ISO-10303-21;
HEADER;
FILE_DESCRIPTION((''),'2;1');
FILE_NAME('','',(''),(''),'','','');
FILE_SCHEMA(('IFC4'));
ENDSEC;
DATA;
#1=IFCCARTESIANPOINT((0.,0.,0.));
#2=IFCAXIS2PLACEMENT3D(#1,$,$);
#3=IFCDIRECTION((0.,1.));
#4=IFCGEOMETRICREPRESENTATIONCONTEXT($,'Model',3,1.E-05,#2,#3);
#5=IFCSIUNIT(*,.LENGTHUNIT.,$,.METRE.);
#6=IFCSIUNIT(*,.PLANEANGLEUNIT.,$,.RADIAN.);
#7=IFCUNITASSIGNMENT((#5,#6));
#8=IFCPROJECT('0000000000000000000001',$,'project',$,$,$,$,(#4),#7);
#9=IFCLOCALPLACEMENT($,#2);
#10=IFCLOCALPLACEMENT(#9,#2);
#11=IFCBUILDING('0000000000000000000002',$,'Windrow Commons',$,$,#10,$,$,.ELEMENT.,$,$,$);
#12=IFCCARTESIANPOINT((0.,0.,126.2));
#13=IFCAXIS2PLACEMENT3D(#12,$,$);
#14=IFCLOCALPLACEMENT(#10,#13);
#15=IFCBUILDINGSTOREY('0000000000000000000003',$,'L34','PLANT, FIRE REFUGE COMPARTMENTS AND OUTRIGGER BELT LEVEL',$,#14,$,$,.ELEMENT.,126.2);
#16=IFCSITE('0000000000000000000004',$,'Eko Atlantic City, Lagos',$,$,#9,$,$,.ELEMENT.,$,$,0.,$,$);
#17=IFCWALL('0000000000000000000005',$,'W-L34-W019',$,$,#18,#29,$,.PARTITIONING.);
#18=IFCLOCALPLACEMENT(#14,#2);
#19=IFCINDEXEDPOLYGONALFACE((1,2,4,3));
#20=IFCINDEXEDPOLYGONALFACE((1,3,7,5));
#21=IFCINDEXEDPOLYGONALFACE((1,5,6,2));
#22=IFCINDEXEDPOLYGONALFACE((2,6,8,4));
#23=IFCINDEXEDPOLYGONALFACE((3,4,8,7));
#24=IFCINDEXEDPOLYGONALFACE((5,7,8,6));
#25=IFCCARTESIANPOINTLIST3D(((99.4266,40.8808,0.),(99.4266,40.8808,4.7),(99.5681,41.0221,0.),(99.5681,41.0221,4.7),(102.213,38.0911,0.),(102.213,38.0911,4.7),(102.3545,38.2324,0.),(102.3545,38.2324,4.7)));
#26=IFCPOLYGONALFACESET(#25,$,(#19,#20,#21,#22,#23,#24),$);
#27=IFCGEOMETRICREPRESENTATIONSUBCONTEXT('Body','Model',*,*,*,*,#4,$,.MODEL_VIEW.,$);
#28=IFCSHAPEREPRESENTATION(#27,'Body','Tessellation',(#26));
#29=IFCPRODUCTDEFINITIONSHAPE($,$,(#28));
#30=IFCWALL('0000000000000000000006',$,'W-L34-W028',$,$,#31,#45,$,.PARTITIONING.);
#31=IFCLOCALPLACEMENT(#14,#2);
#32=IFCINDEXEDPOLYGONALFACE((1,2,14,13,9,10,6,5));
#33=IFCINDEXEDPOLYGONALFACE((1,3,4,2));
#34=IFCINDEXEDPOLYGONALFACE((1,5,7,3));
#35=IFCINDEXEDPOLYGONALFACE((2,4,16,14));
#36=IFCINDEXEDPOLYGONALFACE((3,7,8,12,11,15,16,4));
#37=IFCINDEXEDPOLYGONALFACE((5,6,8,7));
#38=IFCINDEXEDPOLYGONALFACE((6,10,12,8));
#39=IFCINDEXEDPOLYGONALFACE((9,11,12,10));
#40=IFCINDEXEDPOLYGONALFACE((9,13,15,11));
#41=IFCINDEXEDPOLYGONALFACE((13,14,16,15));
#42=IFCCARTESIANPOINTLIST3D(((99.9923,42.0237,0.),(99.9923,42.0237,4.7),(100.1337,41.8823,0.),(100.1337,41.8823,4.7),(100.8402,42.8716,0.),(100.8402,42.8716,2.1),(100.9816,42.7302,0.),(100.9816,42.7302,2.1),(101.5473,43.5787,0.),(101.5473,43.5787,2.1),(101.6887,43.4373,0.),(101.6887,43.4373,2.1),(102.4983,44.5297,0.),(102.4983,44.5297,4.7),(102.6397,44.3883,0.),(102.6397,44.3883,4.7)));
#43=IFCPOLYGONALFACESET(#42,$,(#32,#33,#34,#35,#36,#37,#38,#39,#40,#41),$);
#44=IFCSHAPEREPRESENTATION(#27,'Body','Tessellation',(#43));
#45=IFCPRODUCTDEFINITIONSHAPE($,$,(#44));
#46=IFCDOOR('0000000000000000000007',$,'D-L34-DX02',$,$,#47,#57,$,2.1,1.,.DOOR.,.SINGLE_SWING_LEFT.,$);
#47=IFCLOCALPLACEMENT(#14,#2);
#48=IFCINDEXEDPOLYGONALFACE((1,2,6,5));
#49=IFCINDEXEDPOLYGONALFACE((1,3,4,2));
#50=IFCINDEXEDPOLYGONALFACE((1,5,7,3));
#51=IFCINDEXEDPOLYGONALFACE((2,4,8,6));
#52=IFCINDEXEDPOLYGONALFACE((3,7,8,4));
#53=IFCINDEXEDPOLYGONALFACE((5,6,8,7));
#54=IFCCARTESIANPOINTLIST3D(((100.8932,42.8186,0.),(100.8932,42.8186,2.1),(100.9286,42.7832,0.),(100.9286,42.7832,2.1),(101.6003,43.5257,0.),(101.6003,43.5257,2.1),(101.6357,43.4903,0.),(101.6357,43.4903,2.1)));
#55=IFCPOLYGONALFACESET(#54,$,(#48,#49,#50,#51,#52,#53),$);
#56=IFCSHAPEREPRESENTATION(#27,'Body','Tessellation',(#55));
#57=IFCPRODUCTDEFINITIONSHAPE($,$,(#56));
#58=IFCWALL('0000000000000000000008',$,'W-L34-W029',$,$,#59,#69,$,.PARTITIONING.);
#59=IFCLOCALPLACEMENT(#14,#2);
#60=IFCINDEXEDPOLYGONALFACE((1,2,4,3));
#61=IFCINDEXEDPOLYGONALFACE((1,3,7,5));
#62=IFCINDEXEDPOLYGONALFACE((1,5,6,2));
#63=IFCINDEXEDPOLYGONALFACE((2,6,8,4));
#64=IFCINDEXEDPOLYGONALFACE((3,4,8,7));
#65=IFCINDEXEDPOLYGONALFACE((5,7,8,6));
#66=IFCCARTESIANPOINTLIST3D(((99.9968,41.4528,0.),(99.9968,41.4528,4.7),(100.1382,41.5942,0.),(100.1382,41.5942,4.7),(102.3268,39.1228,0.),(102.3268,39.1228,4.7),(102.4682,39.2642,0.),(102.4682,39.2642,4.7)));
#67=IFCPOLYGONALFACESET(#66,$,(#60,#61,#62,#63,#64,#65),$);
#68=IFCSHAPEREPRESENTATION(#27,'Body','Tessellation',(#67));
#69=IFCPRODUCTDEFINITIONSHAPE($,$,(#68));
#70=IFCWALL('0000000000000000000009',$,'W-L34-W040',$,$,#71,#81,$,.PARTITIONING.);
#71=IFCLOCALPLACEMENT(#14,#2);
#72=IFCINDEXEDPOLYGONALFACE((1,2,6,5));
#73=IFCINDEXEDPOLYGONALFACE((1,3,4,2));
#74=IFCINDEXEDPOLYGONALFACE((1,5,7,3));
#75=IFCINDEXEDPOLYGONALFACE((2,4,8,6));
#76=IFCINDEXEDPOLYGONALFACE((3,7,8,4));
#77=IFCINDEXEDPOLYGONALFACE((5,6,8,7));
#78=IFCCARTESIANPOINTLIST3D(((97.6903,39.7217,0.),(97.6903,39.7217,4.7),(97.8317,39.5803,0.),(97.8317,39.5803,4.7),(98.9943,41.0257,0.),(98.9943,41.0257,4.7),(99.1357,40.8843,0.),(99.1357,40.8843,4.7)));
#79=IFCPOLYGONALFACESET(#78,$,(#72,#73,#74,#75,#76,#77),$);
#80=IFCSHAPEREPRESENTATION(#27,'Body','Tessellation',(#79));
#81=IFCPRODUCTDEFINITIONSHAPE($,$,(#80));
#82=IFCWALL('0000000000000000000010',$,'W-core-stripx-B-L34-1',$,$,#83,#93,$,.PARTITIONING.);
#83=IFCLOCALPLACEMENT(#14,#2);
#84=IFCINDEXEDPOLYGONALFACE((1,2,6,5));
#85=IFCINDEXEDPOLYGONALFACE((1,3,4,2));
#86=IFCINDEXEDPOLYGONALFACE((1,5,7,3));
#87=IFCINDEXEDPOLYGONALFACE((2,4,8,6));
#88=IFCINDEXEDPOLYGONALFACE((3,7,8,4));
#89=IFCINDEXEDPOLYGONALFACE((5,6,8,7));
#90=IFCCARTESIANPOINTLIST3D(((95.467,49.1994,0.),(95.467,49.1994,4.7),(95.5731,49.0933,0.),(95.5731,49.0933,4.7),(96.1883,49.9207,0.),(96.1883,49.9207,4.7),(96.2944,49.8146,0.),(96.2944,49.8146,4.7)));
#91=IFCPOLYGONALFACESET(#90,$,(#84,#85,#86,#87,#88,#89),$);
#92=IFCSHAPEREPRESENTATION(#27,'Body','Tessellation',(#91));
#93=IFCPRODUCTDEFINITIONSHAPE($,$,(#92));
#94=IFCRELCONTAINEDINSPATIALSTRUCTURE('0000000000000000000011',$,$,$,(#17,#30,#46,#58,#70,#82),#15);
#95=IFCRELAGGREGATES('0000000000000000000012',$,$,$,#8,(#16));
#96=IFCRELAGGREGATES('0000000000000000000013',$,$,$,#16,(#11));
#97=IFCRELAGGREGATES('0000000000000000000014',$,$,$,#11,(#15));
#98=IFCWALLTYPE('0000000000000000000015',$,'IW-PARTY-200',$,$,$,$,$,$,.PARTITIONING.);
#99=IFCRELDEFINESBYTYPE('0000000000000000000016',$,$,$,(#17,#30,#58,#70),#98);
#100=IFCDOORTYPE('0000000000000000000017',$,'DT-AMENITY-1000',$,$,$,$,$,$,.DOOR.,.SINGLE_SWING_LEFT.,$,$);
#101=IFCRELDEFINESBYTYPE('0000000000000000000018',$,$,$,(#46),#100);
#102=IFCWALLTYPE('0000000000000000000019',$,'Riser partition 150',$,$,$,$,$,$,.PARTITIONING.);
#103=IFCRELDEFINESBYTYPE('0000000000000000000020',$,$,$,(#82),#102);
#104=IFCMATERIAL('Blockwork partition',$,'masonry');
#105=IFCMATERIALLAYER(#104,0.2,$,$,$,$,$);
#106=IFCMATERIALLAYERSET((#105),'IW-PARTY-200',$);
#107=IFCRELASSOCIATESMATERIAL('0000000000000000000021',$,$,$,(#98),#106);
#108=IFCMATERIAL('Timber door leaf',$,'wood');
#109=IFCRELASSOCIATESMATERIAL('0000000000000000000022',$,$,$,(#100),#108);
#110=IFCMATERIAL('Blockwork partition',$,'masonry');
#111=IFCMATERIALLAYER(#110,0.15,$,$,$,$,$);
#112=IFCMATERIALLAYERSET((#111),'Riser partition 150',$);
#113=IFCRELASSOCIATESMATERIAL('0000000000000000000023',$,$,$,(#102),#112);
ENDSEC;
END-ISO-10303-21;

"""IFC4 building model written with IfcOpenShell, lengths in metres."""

from ifc_helpers import new_model, si_unit, direction, frame, frame_2d, origin, place, context, subcontext, project, spatial, rectangle, extrude, material, layer, layer_set, type_object, element, fill, save


model = new_model("IFC4")

# Units and contexts
model_context = context("Model", 3, precision=1e-05, world=origin(), true_north=direction((0.0, 1.0)))
body_context = subcontext(model_context, "Body", "Model", "MODEL_VIEW")
ifc_project = project(units=[si_unit("LENGTHUNIT", "METRE"), si_unit("PLANEANGLEUNIT", "RADIAN")], contexts=[model_context])

# Site, building, storey
site_placement = place(None, origin())
site = spatial("IfcSite", under=ifc_project, at=site_placement, Name="Eko Atlantic City, Lagos", CompositionType="ELEMENT", RefElevation=0.0)
building_placement = place(site_placement, origin())
building = spatial("IfcBuilding", under=site, at=building_placement, Name="Windrow Commons", CompositionType="ELEMENT")
storey_placement = place(building_placement, frame((0.0, 0.0, 126.2)))
storey = spatial("IfcBuildingStorey", under=building, at=storey_placement, Name="L34", Description="PLANT, FIRE REFUGE COMPARTMENTS AND OUTRIGGER BELT LEVEL", CompositionType="ELEMENT", Elevation=126.2)

# Wall
ifc_material_1 = material(Name="Blockwork partition", Category="masonry")
ifc_layer_1 = layer(ifc_material_1, 0.2)
ifc_layer_set_1 = layer_set([ifc_layer_1], Name="IW-PARTY-200")
wall_type_1 = type_object("IfcWallType", Name="IW-PARTY-200", PredefinedType="PARTITIONING", material=ifc_layer_set_1)
wall_1_placement = place(storey_placement, frame((99.4974, 40.9514, 0.0), z_axis=(0.0, 0.0, 1.0), x_axis=(0.706688, -0.707525, 0.0)))
element("IfcWall", 1, at=wall_1_placement, inside=storey, type_object=wall_type_1, Name="W-L34-W019", PredefinedType="PARTITIONING", context=body_context, shape_type="SweptSolid", body=[
    extrude(rectangle(XDim=3.9429, YDim=0.2, at=frame_2d((1.9714, 0.0))), origin(), (0.0, 0.0, 1.0), 4.7),
])

# Wall, opening, door
wall_2_placement = place(storey_placement, frame((100.063, 41.953, 0.0), z_axis=(0.0, 0.0, 1.0), x_axis=(0.707107, 0.707107, 0.0)))
wall_2 = element("IfcWall", 2, at=wall_2_placement, inside=storey, type_object=wall_type_1, Name="W-L34-W028", PredefinedType="PARTITIONING", context=body_context, shape_type="SweptSolid", body=[
    extrude(rectangle(XDim=3.544, YDim=0.2, at=frame_2d((1.772, 0.0))), origin(), (0.0, 0.0, 1.0), 4.7),
])
opening_1_placement = place(wall_2_placement, frame((1.1991, 0.0, 0.0)))
opening_1 = element("IfcOpeningElement", 3, at=opening_1_placement, cuts=wall_2, PredefinedType="OPENING", context=body_context, shape_type="SweptSolid", body=[
    extrude(rectangle(XDim=1.0, YDim=2.1, at=frame_2d((0.5, 1.05))), frame((0.0, 0.11, 0.0), z_axis=(0.0, -1.0, 0.0), x_axis=(1.0, 0.0, 0.0)), (0.0, 0.0, 1.0), 0.22),
])
ifc_material_2 = material(Name="Timber door leaf", Category="wood")
door_type_1 = type_object("IfcDoorType", Name="DT-AMENITY-1000", OperationType="SINGLE_SWING_LEFT", PredefinedType="DOOR", material=ifc_material_2)
door_1_placement = place(opening_1_placement, origin())
door_1 = element("IfcDoor", 4, at=door_1_placement, inside=storey, type_object=door_type_1, Name="D-L34-DX02", OperationType="SINGLE_SWING_LEFT", OverallHeight=2.1, OverallWidth=1.0, PredefinedType="DOOR", context=body_context, shape_type="SweptSolid", body=[
    extrude(rectangle(XDim=1.0, YDim=2.1, at=frame_2d((0.5, 1.05))), frame((0.0, 0.025, 0.0), z_axis=(0.0, -1.0, 0.0), x_axis=(1.0, 0.0, 0.0)), (0.0, 0.0, 1.0), 0.05),
])
fill(opening_1, door_1)

# Walls
wall_3_placement = place(storey_placement, frame((100.0675, 41.5235, 0.0), z_axis=(0.0, 0.0, 1.0), x_axis=(0.707107, -0.707107, 0.0)))
element("IfcWall", 5, at=wall_3_placement, inside=storey, type_object=wall_type_1, Name="W-L34-W029", PredefinedType="PARTITIONING", context=body_context, shape_type="SweptSolid", body=[
    extrude(rectangle(XDim=3.2951, YDim=0.2, at=frame_2d((1.6476, 0.0))), origin(), (0.0, 0.0, 1.0), 4.7),
])
wall_4_placement = place(storey_placement, frame((97.761, 39.651, 0.0), z_axis=(0.0, 0.0, 1.0), x_axis=(0.707107, 0.707107, 0.0)))
element("IfcWall", 6, at=wall_4_placement, inside=storey, type_object=wall_type_1, Name="W-L34-W040", PredefinedType="PARTITIONING", context=body_context, shape_type="SweptSolid", body=[
    extrude(rectangle(XDim=1.8441, YDim=0.2, at=frame_2d((0.9221, 0.0))), origin(), (0.0, 0.0, 1.0), 4.7),
])
ifc_material_3 = material(Name="Blockwork partition", Category="masonry")
ifc_layer_2 = layer(ifc_material_3, 0.15)
ifc_layer_set_2 = layer_set([ifc_layer_2], Name="Riser partition 150")
wall_type_2 = type_object("IfcWallType", Name="Riser partition 150", PredefinedType="PARTITIONING", material=ifc_layer_set_2)
wall_5_placement = place(storey_placement, frame((95.52, 49.1463, 0.0), z_axis=(0.0, 0.0, 1.0), x_axis=(0.707107, 0.707107, 0.0)))
element("IfcWall", 7, at=wall_5_placement, inside=storey, type_object=wall_type_2, Name="W-core-stripx-B-L34-1", PredefinedType="PARTITIONING", context=body_context, shape_type="SweptSolid", body=[
    extrude(rectangle(XDim=1.0201, YDim=0.15, at=frame_2d((0.5101, 0.0))), origin(), (0.0, 0.0, 1.0), 4.7),
])

save(model, "model.ifc")
